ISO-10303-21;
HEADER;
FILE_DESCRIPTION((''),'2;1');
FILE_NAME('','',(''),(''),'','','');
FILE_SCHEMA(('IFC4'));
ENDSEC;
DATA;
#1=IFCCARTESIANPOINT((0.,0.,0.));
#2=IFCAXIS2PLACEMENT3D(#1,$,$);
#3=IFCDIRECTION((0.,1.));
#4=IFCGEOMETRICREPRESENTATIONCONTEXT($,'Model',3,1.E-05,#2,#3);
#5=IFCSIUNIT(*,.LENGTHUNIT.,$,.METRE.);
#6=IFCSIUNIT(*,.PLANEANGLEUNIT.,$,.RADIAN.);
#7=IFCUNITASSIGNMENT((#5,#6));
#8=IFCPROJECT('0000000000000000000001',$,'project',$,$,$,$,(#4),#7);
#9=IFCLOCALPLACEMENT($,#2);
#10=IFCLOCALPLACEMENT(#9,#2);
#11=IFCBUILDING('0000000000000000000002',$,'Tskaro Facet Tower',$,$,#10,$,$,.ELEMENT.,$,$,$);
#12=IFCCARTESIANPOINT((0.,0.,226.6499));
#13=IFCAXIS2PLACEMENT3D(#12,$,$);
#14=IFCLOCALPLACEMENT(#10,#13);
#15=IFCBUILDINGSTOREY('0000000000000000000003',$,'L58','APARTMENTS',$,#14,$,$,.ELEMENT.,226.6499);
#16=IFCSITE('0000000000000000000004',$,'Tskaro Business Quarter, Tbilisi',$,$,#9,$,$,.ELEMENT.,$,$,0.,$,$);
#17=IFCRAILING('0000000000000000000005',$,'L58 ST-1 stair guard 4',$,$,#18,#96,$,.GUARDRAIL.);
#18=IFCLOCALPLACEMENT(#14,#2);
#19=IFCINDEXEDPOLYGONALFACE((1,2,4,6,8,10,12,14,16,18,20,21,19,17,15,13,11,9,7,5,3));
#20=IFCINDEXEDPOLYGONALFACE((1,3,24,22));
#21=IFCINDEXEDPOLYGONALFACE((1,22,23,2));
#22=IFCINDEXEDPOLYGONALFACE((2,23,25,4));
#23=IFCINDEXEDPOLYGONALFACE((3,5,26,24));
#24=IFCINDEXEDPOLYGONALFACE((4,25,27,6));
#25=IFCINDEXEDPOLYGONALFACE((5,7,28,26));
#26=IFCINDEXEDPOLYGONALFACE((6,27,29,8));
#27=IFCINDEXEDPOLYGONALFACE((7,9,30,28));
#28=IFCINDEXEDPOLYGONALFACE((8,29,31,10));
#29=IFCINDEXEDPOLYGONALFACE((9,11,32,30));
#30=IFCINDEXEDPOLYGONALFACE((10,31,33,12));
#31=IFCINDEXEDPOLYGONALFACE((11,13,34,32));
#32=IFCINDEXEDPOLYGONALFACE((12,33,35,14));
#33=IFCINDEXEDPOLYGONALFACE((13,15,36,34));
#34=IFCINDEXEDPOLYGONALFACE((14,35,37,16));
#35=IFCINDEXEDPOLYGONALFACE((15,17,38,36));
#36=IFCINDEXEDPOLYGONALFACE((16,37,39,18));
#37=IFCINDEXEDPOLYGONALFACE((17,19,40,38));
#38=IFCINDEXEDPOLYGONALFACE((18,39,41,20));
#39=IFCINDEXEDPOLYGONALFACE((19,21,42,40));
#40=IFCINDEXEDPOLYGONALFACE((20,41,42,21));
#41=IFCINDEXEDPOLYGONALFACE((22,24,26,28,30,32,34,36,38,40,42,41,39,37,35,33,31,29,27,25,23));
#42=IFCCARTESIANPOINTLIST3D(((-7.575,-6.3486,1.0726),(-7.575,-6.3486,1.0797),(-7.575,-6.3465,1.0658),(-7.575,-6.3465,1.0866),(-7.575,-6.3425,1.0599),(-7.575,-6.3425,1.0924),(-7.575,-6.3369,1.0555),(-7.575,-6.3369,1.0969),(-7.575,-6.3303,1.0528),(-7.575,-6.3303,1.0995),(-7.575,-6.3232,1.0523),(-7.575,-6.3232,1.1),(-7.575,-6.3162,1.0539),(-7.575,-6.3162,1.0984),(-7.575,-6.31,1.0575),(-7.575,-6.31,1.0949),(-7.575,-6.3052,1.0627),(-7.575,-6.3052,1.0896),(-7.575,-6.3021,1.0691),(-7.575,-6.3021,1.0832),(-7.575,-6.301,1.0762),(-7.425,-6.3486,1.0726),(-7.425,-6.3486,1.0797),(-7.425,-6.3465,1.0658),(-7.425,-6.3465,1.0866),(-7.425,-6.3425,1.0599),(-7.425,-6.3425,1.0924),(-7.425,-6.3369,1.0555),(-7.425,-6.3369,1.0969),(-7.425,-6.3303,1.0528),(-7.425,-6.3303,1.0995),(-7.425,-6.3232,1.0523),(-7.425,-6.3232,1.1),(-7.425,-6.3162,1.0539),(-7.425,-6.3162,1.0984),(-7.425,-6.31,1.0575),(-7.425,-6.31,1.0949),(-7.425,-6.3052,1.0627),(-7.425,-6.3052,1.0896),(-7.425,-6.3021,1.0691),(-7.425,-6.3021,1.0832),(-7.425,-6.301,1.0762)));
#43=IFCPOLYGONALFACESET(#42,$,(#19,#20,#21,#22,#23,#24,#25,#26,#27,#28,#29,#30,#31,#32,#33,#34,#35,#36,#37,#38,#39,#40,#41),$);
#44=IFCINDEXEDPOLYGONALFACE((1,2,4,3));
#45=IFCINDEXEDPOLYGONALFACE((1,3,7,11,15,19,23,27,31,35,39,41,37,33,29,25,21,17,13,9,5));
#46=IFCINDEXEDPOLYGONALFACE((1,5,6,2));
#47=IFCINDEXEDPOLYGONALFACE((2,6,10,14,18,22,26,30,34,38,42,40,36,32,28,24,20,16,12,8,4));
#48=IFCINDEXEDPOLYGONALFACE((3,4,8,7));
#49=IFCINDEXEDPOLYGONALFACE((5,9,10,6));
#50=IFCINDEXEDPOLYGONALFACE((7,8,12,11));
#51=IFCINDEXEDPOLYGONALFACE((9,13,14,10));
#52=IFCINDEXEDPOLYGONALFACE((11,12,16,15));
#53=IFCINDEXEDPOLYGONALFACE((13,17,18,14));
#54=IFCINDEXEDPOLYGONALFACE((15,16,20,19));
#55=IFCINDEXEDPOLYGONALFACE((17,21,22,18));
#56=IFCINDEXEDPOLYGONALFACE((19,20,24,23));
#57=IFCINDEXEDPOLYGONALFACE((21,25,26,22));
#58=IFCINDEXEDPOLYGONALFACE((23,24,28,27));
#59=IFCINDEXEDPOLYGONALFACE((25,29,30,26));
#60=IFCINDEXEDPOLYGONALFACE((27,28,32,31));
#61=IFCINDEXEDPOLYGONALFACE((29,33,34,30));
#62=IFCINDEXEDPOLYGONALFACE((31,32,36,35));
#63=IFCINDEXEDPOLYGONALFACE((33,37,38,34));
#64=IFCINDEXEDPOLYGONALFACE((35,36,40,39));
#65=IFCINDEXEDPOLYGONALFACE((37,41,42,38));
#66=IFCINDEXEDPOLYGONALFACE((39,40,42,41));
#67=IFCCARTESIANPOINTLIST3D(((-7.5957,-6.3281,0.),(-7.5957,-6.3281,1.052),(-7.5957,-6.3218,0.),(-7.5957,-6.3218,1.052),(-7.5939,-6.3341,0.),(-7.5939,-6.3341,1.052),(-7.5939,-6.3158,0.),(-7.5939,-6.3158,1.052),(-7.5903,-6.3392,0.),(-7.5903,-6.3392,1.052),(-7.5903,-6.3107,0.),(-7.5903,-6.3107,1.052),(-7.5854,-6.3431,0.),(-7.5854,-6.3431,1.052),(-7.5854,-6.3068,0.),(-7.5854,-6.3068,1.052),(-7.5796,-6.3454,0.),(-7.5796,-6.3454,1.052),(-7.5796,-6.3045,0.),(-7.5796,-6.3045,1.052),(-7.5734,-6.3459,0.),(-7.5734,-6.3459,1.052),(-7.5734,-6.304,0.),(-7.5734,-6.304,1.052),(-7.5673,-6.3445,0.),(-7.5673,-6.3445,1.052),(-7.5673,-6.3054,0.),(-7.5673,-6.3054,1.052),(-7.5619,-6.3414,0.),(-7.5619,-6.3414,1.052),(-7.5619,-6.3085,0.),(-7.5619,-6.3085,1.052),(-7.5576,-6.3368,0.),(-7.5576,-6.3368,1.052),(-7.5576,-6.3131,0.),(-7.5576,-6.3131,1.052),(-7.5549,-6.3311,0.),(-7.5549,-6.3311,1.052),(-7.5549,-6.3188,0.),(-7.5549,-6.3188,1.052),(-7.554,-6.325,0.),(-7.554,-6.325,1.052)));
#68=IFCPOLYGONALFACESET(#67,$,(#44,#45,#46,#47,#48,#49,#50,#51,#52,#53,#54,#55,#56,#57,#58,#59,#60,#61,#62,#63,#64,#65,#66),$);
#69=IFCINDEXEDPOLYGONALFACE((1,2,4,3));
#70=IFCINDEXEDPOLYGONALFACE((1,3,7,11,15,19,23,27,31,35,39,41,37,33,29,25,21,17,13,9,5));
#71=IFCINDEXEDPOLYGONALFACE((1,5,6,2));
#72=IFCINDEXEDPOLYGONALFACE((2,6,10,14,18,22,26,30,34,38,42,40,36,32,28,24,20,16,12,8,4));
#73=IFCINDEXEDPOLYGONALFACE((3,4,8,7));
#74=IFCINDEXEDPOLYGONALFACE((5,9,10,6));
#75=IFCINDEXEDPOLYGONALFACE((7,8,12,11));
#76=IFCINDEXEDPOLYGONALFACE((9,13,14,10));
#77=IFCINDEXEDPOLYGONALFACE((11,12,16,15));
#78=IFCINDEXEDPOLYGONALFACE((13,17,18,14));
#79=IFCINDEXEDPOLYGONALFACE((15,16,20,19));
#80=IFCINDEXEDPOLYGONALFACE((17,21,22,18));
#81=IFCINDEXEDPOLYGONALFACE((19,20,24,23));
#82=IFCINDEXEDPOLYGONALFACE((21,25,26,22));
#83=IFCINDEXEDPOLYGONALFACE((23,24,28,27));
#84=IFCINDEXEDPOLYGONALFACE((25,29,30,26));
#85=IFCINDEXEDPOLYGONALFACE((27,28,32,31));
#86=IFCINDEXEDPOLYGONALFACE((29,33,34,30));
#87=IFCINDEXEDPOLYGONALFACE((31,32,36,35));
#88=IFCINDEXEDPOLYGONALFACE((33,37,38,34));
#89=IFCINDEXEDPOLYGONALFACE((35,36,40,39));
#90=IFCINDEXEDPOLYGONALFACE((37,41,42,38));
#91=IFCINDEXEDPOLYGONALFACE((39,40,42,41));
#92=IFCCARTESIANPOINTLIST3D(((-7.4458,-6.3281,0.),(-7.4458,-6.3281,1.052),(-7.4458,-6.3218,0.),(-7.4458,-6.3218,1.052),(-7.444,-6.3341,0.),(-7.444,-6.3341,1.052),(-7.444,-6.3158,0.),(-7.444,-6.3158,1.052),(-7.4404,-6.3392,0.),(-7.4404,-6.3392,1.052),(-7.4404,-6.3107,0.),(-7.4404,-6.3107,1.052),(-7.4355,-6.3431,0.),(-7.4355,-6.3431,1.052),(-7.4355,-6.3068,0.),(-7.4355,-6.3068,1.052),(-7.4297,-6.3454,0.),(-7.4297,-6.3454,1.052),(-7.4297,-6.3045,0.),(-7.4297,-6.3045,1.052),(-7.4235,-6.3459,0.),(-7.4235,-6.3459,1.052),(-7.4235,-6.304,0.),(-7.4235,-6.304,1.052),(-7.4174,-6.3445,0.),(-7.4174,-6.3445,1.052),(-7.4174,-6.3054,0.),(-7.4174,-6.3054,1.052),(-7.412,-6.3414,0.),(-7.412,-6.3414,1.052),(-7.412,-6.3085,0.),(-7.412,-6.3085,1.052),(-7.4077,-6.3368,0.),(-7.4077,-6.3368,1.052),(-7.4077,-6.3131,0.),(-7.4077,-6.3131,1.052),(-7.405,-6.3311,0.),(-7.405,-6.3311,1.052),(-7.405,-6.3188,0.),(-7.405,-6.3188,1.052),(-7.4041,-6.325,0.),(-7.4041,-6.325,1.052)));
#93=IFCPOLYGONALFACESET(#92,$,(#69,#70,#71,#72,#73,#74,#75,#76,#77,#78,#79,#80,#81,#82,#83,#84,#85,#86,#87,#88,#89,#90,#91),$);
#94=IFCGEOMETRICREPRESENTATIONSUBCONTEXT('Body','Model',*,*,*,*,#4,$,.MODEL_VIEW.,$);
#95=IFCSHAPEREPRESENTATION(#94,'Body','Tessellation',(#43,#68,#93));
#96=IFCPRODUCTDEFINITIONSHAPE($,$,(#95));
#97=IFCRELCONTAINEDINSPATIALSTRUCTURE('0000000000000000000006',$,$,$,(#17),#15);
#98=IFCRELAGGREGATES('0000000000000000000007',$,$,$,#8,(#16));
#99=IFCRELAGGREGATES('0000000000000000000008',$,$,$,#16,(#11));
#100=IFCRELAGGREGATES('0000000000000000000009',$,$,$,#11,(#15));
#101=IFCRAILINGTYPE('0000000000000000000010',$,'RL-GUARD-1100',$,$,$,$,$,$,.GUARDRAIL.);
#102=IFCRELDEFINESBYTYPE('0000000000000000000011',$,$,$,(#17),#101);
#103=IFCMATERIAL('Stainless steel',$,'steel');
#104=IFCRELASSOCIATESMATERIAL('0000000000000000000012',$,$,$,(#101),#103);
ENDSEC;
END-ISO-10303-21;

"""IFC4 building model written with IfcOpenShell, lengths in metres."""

from ifc_helpers import new_model, si_unit, direction, frame, origin, origin_2d, place, context, subcontext, project, spatial, circle, extrude, material, type_object, element, save


model = new_model("IFC4")

# Units and contexts
model_context = context("Model", 3, precision=1e-05, world=origin(), true_north=direction((0.0, 1.0)))
body_context = subcontext(model_context, "Body", "Model", "MODEL_VIEW")
ifc_project = project(units=[si_unit("LENGTHUNIT", "METRE"), si_unit("PLANEANGLEUNIT", "RADIAN")], contexts=[model_context])

# Site, building, storey
site_placement = place(None, origin())
site = spatial("IfcSite", under=ifc_project, at=site_placement, Name="Tskaro Business Quarter, Tbilisi", CompositionType="ELEMENT", RefElevation=0.0)
building_placement = place(site_placement, origin())
building = spatial("IfcBuilding", under=site, at=building_placement, Name="Tskaro Facet Tower", CompositionType="ELEMENT")
storey_placement = place(building_placement, frame((0.0, 0.0, 226.6499)))
storey = spatial("IfcBuildingStorey", under=building, at=storey_placement, Name="L58", Description="APARTMENTS", CompositionType="ELEMENT", Elevation=226.6499)

# Shared definitions
ifc_material_1 = material(Name="Stainless steel", Category="steel")

# Railing
railing_type_1 = type_object("IfcRailingType", Name="RL-GUARD-1100", PredefinedType="GUARDRAIL", material=ifc_material_1)
railing_1_placement = place(storey_placement, frame((-7.575, -6.325, 0.0)))
element("IfcRailing", 1, at=railing_1_placement, inside=storey, type_object=railing_type_1, Name="L58 ST-1 stair guard 4", PredefinedType="GUARDRAIL", context=body_context, shape_type="SweptSolid", body=[
    extrude(circle(Radius=0.0239, at=origin_2d()), frame((0.0, 0.0, 1.0762), z_axis=(1.0, 0.0, 0.0), x_axis=(0.0, 1.0, 0.0)), (0.0, 0.0, 1.0), 0.1499),
    extrude(circle(Radius=0.021, at=origin_2d()), origin(), (0.0, 0.0, 1.0), 1.052),
    extrude(circle(Radius=0.021, at=origin_2d()), frame((0.1499, 0.0, 0.0)), (0.0, 0.0, 1.0), 1.052),
])

save(model, "model.ifc")
